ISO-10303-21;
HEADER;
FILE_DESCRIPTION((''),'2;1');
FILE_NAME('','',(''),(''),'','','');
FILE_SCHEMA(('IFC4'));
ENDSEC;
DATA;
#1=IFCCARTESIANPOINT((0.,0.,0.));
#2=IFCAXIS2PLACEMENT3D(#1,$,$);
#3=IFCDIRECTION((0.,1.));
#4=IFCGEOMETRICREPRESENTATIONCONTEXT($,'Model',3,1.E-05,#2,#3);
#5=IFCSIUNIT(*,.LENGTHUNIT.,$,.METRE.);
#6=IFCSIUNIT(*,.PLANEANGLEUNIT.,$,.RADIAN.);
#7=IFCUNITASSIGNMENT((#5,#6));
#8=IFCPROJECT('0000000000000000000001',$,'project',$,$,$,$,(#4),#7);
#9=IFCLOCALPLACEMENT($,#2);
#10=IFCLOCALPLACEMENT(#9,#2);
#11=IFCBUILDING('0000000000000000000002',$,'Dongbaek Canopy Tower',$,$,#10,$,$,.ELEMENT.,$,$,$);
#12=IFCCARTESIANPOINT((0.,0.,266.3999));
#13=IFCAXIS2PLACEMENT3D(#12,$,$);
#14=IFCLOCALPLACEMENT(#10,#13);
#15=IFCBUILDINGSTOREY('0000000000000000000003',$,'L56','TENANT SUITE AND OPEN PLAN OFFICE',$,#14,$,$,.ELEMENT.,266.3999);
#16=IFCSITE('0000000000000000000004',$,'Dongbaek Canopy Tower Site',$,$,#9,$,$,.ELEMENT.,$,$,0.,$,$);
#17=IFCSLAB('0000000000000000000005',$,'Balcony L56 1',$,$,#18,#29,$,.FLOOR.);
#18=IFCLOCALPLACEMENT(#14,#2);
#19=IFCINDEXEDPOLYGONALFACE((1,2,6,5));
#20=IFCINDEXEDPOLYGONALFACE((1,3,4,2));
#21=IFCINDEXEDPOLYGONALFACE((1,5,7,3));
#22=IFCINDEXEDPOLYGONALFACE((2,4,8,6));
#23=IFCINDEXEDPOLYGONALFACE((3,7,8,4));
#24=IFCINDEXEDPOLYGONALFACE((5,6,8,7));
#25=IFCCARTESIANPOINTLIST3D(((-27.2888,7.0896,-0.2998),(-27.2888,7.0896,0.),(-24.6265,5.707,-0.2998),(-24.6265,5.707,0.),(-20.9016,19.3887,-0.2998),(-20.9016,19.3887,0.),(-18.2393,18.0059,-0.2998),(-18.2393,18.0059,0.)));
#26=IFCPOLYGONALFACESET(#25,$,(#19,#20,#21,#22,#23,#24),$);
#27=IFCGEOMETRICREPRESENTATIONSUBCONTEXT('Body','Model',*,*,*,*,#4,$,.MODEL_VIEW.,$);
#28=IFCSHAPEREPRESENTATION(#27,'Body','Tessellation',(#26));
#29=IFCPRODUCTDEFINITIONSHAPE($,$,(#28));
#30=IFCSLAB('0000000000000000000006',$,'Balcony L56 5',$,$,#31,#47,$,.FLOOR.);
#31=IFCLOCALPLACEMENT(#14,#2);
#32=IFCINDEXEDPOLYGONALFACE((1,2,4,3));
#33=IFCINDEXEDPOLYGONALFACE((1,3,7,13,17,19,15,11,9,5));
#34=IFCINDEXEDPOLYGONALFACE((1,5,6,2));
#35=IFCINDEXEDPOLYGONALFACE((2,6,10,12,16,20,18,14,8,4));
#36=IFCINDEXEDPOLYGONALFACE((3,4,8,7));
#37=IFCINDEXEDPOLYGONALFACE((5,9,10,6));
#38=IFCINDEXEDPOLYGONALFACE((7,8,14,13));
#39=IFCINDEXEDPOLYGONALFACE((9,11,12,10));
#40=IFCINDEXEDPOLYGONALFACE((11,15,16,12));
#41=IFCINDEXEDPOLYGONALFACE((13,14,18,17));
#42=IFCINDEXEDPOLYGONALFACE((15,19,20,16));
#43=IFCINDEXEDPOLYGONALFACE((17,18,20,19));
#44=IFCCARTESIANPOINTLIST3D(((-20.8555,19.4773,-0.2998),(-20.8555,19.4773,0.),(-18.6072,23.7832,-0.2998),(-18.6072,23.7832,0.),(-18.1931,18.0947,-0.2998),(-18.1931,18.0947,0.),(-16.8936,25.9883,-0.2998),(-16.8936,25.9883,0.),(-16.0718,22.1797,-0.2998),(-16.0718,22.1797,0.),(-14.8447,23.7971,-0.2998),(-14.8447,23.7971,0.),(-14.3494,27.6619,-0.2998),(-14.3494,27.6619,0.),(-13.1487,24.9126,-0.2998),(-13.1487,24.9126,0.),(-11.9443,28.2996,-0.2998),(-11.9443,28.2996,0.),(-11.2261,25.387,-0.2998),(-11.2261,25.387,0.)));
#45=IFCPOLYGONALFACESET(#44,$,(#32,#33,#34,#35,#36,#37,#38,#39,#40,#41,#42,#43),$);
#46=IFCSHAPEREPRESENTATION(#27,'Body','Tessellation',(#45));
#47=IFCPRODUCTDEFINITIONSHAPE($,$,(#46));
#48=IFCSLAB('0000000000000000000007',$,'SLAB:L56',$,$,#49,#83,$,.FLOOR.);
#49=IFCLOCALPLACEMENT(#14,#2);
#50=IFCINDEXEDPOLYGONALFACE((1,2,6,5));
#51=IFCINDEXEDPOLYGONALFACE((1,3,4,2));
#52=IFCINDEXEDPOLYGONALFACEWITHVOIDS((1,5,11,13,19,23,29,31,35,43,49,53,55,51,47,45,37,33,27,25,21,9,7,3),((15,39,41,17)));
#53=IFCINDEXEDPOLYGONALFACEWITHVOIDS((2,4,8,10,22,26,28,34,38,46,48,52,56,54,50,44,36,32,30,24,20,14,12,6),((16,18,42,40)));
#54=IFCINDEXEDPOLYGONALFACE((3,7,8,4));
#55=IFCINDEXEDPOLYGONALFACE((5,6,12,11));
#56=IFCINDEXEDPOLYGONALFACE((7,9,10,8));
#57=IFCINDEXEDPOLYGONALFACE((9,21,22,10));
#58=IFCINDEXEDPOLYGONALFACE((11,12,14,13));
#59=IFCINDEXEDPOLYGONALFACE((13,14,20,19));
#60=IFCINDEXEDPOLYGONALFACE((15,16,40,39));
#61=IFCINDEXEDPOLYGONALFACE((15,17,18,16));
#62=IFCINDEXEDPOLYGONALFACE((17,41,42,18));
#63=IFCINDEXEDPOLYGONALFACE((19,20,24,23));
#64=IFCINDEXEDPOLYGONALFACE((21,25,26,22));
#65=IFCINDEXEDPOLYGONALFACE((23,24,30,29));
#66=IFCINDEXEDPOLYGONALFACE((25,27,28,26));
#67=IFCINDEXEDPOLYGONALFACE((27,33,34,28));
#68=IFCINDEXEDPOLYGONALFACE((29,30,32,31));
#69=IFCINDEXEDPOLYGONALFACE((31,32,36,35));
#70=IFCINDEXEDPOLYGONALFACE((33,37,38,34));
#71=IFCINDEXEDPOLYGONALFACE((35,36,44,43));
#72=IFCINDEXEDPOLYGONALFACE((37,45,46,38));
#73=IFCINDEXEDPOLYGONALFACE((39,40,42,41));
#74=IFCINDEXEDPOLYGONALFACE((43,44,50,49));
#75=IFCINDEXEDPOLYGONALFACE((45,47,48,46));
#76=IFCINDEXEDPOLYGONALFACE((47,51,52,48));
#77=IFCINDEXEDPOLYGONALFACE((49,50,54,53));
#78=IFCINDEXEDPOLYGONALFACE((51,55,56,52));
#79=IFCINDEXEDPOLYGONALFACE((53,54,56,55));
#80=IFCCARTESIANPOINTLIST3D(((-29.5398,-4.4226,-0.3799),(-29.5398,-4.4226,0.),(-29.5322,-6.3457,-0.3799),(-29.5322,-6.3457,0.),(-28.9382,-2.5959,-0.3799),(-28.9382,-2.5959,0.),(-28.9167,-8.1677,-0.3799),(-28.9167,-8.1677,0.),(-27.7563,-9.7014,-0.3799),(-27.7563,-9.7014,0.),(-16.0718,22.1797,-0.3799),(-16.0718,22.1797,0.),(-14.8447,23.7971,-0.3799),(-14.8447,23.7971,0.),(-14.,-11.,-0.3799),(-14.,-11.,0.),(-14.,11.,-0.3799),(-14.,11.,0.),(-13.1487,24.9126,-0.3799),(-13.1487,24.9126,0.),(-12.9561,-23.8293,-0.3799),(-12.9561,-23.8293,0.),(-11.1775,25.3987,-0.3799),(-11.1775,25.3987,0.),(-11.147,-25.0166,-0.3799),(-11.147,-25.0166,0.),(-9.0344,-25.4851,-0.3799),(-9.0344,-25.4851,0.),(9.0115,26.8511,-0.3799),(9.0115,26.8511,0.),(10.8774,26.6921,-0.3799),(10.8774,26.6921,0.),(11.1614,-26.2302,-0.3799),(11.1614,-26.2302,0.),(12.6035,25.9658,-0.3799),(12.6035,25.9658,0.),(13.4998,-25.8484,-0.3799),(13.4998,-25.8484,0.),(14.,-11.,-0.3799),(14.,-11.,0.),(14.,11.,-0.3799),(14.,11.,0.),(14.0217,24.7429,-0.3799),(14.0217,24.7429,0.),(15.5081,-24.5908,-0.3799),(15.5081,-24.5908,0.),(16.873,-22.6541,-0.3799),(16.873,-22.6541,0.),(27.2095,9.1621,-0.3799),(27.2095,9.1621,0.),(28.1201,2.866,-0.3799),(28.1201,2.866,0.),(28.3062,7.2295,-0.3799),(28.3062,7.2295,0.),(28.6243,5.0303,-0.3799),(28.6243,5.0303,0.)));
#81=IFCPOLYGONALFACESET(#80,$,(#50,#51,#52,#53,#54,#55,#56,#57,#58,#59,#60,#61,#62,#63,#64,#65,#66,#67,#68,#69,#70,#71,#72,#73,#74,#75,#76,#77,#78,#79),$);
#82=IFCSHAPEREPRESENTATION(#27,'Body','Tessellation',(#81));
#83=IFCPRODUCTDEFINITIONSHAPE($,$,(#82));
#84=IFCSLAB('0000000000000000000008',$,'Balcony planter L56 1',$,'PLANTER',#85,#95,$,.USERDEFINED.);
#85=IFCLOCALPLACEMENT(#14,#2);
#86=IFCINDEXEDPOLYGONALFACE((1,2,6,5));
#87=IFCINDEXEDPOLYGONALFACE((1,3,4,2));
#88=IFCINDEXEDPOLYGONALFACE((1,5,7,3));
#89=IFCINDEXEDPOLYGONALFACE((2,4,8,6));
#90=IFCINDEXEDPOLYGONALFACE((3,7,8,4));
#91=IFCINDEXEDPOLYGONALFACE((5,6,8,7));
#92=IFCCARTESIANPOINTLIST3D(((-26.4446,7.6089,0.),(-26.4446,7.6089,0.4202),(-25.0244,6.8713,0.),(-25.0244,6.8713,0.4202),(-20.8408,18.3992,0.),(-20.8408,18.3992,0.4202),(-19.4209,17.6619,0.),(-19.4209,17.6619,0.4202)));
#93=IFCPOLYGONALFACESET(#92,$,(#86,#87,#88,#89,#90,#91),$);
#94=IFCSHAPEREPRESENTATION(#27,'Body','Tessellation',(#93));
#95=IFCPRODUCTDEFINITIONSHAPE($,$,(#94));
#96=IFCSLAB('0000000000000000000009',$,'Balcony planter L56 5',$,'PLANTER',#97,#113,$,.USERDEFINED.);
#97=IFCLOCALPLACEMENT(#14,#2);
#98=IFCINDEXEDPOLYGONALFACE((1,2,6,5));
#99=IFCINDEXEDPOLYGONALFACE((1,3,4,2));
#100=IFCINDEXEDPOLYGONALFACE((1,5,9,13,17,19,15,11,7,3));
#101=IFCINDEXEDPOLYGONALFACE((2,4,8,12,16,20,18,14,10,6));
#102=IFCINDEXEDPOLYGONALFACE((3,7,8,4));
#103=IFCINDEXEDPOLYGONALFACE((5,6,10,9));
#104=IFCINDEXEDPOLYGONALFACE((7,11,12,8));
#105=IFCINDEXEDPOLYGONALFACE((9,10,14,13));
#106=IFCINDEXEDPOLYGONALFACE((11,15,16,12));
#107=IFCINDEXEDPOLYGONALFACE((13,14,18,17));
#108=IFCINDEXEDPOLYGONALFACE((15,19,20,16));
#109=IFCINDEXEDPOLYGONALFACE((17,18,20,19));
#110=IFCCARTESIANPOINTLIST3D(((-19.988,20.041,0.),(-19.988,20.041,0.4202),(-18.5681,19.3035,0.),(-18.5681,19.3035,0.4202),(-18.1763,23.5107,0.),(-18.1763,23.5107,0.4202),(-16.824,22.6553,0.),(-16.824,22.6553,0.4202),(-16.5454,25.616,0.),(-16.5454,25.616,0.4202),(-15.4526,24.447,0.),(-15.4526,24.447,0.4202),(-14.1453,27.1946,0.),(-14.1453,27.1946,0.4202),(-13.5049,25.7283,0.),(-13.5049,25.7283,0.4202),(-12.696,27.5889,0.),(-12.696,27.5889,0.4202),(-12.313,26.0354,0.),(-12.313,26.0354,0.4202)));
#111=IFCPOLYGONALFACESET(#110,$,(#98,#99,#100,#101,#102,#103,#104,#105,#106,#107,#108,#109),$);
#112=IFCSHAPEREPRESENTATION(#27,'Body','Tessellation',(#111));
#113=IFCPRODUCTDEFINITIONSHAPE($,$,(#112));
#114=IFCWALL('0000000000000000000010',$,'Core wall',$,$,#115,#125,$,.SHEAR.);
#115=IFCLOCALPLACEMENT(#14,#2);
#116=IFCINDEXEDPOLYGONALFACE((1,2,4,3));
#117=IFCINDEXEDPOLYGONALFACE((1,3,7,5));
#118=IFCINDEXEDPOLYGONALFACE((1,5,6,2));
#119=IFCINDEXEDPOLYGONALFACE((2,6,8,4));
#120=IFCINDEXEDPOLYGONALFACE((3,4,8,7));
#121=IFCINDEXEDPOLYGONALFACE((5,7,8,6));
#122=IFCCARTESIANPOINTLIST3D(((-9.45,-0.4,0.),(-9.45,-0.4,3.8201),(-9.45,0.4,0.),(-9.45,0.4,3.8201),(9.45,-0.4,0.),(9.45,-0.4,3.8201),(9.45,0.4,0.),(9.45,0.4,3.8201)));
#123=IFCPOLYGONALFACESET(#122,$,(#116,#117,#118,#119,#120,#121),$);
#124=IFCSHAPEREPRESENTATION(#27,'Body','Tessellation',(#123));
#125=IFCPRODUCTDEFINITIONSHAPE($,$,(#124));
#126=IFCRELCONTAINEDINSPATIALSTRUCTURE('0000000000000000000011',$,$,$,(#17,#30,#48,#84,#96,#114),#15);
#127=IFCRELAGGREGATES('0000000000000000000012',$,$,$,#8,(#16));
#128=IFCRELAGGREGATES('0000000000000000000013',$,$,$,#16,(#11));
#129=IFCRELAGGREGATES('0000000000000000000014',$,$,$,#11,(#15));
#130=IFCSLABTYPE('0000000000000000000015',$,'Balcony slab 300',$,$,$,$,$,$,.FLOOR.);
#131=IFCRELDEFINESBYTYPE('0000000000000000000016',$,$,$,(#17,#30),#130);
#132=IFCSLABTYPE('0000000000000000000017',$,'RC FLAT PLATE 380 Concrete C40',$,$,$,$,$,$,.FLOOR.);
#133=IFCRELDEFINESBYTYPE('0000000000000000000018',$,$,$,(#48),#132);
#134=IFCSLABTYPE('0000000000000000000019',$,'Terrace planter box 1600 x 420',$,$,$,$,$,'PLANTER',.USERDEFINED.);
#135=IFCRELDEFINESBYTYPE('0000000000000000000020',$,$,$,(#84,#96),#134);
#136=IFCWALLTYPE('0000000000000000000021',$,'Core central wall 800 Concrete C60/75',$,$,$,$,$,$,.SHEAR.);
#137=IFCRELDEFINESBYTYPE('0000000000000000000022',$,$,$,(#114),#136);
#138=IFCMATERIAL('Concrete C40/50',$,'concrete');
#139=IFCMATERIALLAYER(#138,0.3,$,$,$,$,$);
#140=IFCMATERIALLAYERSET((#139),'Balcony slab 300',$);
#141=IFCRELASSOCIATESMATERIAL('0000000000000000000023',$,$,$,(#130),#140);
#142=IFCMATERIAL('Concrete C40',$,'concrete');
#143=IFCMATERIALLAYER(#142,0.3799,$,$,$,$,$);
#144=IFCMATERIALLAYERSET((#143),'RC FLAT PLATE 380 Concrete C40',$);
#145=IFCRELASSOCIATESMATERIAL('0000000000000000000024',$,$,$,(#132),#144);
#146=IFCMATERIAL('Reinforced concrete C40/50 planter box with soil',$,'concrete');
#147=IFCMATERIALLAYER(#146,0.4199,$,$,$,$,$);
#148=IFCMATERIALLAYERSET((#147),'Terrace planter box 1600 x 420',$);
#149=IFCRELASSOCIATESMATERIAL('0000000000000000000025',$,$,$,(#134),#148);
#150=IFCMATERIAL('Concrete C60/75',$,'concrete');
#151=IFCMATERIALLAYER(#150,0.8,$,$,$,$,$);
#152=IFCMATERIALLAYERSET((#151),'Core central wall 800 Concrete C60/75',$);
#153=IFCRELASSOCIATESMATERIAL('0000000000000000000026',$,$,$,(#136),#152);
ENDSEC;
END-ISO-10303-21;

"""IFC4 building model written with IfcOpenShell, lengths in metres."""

from ifc_helpers import new_model, si_unit, direction, frame, frame_2d, origin, place, context, subcontext, project, spatial, polyline, rectangle, outline, extrude, material, layer, layer_set, type_object, element, save


model = new_model("IFC4")

# Units and contexts
model_context = context("Model", 3, precision=1e-05, world=origin(), true_north=direction((0.0, 1.0)))
body_context = subcontext(model_context, "Body", "Model", "MODEL_VIEW")
ifc_project = project(units=[si_unit("LENGTHUNIT", "METRE"), si_unit("PLANEANGLEUNIT", "RADIAN")], contexts=[model_context])

# Site, building, storey
site_placement = place(None, origin())
site = spatial("IfcSite", under=ifc_project, at=site_placement, Name="Dongbaek Canopy Tower Site", CompositionType="ELEMENT", RefElevation=0.0)
building_placement = place(site_placement, origin())
building = spatial("IfcBuilding", under=site, at=building_placement, Name="Dongbaek Canopy Tower", CompositionType="ELEMENT")
storey_placement = place(building_placement, frame((0.0, 0.0, 266.3999)))
storey = spatial("IfcBuildingStorey", under=building, at=storey_placement, Name="L56", Description="TENANT SUITE AND OPEN PLAN OFFICE", CompositionType="ELEMENT", Elevation=266.3999)

# Slabs
ifc_material_1 = material(Name="Concrete C40/50", Category="concrete")
ifc_layer_1 = layer(ifc_material_1, 0.3)
ifc_layer_set_1 = layer_set([ifc_layer_1], Name="Balcony slab 300")
slab_type_1 = type_object("IfcSlabType", Name="Balcony slab 300", PredefinedType="FLOOR", material=ifc_layer_set_1)
slab_1_placement = place(storey_placement, frame((0.0, 0.0, -0.2998)))
element("IfcSlab", 1, at=slab_1_placement, inside=storey, type_object=slab_type_1, Name="Balcony L56 1", PredefinedType="FLOOR", context=body_context, shape_type="SweptSolid", body=[
    extrude(outline(polyline([(-18.2393, 18.0059), (-24.6265, 5.707), (-27.2888, 7.0896), (-20.9016, 19.3887), (-18.2393, 18.0059)])), origin(), (0.0, 0.0, 1.0), 0.2998),
])
slab_2_placement = place(storey_placement, frame((0.0, 0.0, -0.2998)))
element("IfcSlab", 2, at=slab_2_placement, inside=storey, type_object=slab_type_1, Name="Balcony L56 5", PredefinedType="FLOOR", context=body_context, shape_type="SweptSolid", body=[
    extrude(outline(polyline([(-11.2261, 25.387), (-13.1487, 24.9126), (-14.8447, 23.7971), (-16.0718, 22.1797), (-18.1931, 18.0947), (-20.8555, 19.4773), (-18.6072, 23.7832), (-16.8936, 25.9883), (-14.3494, 27.6619), (-11.9443, 28.2996), (-11.2261, 25.387)])), origin(), (0.0, 0.0, 1.0), 0.2998),
])
ifc_material_2 = material(Name="Concrete C40", Category="concrete")
ifc_layer_2 = layer(ifc_material_2, 0.3799)
ifc_layer_set_2 = layer_set([ifc_layer_2], Name="RC FLAT PLATE 380 Concrete C40")
slab_type_2 = type_object("IfcSlabType", Name="RC FLAT PLATE 380 Concrete C40", PredefinedType="FLOOR", material=ifc_layer_set_2)
slab_3_placement = place(storey_placement, frame((0.0, 0.0, -0.3799)))
element("IfcSlab", 3, at=slab_3_placement, inside=storey, type_object=slab_type_2, Name="SLAB:L56", PredefinedType="FLOOR", context=body_context, shape_type="SweptSolid", body=[
    extrude(outline(polyline([(16.873, -22.6541), (15.5081, -24.5908), (13.4998, -25.8484), (11.1614, -26.2302), (-9.0344, -25.4851), (-11.147, -25.0166), (-12.9561, -23.8293), (-27.7563, -9.7014), (-28.9167, -8.1677), (-29.5322, -6.3457), (-29.5398, -4.4226), (-28.9382, -2.5959), (-16.0718, 22.1797), (-14.8447, 23.7971), (-13.1487, 24.9126), (-11.1775, 25.3987), (9.0115, 26.8511), (10.8774, 26.6921), (12.6035, 25.9658), (14.0217, 24.7429), (27.2095, 9.1621), (28.3062, 7.2295), (28.6243, 5.0303), (28.1201, 2.866), (16.873, -22.6541)]), holes=[polyline([(14.0, 11.0), (-14.0, 11.0), (-14.0, -11.0), (14.0, -11.0), (14.0, 11.0)])]), origin(), (0.0, 0.0, 1.0), 0.3799),
])
ifc_material_3 = material(Name="Reinforced concrete C40/50 planter box with soil", Category="concrete")
ifc_layer_3 = layer(ifc_material_3, 0.4199)
ifc_layer_set_3 = layer_set([ifc_layer_3], Name="Terrace planter box 1600 x 420")
slab_type_3 = type_object("IfcSlabType", Name="Terrace planter box 1600 x 420", ElementType="PLANTER", PredefinedType="USERDEFINED", material=ifc_layer_set_3)
slab_4_placement = place(storey_placement, origin())
element("IfcSlab", 4, at=slab_4_placement, inside=storey, type_object=slab_type_3, Name="Balcony planter L56 1", ObjectType="PLANTER", PredefinedType="USERDEFINED", context=body_context, shape_type="SweptSolid", body=[
    extrude(outline(polyline([(-19.4209, 17.6619), (-25.0244, 6.8713), (-26.4446, 7.6089), (-20.8408, 18.3992), (-19.4209, 17.6619)])), origin(), (0.0, 0.0, 1.0), 0.4202),
])
slab_5_placement = place(storey_placement, origin())
element("IfcSlab", 5, at=slab_5_placement, inside=storey, type_object=slab_type_3, Name="Balcony planter L56 5", ObjectType="PLANTER", PredefinedType="USERDEFINED", context=body_context, shape_type="SweptSolid", body=[
    extrude(outline(polyline([(-12.313, 26.0354), (-13.5049, 25.7283), (-15.4526, 24.447), (-16.824, 22.6553), (-18.5681, 19.3035), (-19.988, 20.041), (-18.1763, 23.5107), (-16.5454, 25.616), (-14.1453, 27.1946), (-12.696, 27.5889), (-12.313, 26.0354)])), origin(), (0.0, 0.0, 1.0), 0.4202),
])

# Wall
ifc_material_4 = material(Name="Concrete C60/75", Category="concrete")
ifc_layer_4 = layer(ifc_material_4, 0.8)
ifc_layer_set_4 = layer_set([ifc_layer_4], Name="Core central wall 800 Concrete C60/75")
wall_type_1 = type_object("IfcWallType", Name="Core central wall 800 Concrete C60/75", PredefinedType="SHEAR", material=ifc_layer_set_4)
wall_1_placement = place(storey_placement, frame((-9.45, 0.0, 0.0), z_axis=(0.0, 0.0, 1.0), x_axis=(1.0, 0.0, 0.0)))
element("IfcWall", 6, at=wall_1_placement, inside=storey, type_object=wall_type_1, Name="Core wall", PredefinedType="SHEAR", context=body_context, shape_type="SweptSolid", body=[
    extrude(rectangle(XDim=18.8999, YDim=0.8, at=frame_2d((9.45, 0.0))), origin(), (0.0, 0.0, 1.0), 3.8201),
])

save(model, "model.ifc")
